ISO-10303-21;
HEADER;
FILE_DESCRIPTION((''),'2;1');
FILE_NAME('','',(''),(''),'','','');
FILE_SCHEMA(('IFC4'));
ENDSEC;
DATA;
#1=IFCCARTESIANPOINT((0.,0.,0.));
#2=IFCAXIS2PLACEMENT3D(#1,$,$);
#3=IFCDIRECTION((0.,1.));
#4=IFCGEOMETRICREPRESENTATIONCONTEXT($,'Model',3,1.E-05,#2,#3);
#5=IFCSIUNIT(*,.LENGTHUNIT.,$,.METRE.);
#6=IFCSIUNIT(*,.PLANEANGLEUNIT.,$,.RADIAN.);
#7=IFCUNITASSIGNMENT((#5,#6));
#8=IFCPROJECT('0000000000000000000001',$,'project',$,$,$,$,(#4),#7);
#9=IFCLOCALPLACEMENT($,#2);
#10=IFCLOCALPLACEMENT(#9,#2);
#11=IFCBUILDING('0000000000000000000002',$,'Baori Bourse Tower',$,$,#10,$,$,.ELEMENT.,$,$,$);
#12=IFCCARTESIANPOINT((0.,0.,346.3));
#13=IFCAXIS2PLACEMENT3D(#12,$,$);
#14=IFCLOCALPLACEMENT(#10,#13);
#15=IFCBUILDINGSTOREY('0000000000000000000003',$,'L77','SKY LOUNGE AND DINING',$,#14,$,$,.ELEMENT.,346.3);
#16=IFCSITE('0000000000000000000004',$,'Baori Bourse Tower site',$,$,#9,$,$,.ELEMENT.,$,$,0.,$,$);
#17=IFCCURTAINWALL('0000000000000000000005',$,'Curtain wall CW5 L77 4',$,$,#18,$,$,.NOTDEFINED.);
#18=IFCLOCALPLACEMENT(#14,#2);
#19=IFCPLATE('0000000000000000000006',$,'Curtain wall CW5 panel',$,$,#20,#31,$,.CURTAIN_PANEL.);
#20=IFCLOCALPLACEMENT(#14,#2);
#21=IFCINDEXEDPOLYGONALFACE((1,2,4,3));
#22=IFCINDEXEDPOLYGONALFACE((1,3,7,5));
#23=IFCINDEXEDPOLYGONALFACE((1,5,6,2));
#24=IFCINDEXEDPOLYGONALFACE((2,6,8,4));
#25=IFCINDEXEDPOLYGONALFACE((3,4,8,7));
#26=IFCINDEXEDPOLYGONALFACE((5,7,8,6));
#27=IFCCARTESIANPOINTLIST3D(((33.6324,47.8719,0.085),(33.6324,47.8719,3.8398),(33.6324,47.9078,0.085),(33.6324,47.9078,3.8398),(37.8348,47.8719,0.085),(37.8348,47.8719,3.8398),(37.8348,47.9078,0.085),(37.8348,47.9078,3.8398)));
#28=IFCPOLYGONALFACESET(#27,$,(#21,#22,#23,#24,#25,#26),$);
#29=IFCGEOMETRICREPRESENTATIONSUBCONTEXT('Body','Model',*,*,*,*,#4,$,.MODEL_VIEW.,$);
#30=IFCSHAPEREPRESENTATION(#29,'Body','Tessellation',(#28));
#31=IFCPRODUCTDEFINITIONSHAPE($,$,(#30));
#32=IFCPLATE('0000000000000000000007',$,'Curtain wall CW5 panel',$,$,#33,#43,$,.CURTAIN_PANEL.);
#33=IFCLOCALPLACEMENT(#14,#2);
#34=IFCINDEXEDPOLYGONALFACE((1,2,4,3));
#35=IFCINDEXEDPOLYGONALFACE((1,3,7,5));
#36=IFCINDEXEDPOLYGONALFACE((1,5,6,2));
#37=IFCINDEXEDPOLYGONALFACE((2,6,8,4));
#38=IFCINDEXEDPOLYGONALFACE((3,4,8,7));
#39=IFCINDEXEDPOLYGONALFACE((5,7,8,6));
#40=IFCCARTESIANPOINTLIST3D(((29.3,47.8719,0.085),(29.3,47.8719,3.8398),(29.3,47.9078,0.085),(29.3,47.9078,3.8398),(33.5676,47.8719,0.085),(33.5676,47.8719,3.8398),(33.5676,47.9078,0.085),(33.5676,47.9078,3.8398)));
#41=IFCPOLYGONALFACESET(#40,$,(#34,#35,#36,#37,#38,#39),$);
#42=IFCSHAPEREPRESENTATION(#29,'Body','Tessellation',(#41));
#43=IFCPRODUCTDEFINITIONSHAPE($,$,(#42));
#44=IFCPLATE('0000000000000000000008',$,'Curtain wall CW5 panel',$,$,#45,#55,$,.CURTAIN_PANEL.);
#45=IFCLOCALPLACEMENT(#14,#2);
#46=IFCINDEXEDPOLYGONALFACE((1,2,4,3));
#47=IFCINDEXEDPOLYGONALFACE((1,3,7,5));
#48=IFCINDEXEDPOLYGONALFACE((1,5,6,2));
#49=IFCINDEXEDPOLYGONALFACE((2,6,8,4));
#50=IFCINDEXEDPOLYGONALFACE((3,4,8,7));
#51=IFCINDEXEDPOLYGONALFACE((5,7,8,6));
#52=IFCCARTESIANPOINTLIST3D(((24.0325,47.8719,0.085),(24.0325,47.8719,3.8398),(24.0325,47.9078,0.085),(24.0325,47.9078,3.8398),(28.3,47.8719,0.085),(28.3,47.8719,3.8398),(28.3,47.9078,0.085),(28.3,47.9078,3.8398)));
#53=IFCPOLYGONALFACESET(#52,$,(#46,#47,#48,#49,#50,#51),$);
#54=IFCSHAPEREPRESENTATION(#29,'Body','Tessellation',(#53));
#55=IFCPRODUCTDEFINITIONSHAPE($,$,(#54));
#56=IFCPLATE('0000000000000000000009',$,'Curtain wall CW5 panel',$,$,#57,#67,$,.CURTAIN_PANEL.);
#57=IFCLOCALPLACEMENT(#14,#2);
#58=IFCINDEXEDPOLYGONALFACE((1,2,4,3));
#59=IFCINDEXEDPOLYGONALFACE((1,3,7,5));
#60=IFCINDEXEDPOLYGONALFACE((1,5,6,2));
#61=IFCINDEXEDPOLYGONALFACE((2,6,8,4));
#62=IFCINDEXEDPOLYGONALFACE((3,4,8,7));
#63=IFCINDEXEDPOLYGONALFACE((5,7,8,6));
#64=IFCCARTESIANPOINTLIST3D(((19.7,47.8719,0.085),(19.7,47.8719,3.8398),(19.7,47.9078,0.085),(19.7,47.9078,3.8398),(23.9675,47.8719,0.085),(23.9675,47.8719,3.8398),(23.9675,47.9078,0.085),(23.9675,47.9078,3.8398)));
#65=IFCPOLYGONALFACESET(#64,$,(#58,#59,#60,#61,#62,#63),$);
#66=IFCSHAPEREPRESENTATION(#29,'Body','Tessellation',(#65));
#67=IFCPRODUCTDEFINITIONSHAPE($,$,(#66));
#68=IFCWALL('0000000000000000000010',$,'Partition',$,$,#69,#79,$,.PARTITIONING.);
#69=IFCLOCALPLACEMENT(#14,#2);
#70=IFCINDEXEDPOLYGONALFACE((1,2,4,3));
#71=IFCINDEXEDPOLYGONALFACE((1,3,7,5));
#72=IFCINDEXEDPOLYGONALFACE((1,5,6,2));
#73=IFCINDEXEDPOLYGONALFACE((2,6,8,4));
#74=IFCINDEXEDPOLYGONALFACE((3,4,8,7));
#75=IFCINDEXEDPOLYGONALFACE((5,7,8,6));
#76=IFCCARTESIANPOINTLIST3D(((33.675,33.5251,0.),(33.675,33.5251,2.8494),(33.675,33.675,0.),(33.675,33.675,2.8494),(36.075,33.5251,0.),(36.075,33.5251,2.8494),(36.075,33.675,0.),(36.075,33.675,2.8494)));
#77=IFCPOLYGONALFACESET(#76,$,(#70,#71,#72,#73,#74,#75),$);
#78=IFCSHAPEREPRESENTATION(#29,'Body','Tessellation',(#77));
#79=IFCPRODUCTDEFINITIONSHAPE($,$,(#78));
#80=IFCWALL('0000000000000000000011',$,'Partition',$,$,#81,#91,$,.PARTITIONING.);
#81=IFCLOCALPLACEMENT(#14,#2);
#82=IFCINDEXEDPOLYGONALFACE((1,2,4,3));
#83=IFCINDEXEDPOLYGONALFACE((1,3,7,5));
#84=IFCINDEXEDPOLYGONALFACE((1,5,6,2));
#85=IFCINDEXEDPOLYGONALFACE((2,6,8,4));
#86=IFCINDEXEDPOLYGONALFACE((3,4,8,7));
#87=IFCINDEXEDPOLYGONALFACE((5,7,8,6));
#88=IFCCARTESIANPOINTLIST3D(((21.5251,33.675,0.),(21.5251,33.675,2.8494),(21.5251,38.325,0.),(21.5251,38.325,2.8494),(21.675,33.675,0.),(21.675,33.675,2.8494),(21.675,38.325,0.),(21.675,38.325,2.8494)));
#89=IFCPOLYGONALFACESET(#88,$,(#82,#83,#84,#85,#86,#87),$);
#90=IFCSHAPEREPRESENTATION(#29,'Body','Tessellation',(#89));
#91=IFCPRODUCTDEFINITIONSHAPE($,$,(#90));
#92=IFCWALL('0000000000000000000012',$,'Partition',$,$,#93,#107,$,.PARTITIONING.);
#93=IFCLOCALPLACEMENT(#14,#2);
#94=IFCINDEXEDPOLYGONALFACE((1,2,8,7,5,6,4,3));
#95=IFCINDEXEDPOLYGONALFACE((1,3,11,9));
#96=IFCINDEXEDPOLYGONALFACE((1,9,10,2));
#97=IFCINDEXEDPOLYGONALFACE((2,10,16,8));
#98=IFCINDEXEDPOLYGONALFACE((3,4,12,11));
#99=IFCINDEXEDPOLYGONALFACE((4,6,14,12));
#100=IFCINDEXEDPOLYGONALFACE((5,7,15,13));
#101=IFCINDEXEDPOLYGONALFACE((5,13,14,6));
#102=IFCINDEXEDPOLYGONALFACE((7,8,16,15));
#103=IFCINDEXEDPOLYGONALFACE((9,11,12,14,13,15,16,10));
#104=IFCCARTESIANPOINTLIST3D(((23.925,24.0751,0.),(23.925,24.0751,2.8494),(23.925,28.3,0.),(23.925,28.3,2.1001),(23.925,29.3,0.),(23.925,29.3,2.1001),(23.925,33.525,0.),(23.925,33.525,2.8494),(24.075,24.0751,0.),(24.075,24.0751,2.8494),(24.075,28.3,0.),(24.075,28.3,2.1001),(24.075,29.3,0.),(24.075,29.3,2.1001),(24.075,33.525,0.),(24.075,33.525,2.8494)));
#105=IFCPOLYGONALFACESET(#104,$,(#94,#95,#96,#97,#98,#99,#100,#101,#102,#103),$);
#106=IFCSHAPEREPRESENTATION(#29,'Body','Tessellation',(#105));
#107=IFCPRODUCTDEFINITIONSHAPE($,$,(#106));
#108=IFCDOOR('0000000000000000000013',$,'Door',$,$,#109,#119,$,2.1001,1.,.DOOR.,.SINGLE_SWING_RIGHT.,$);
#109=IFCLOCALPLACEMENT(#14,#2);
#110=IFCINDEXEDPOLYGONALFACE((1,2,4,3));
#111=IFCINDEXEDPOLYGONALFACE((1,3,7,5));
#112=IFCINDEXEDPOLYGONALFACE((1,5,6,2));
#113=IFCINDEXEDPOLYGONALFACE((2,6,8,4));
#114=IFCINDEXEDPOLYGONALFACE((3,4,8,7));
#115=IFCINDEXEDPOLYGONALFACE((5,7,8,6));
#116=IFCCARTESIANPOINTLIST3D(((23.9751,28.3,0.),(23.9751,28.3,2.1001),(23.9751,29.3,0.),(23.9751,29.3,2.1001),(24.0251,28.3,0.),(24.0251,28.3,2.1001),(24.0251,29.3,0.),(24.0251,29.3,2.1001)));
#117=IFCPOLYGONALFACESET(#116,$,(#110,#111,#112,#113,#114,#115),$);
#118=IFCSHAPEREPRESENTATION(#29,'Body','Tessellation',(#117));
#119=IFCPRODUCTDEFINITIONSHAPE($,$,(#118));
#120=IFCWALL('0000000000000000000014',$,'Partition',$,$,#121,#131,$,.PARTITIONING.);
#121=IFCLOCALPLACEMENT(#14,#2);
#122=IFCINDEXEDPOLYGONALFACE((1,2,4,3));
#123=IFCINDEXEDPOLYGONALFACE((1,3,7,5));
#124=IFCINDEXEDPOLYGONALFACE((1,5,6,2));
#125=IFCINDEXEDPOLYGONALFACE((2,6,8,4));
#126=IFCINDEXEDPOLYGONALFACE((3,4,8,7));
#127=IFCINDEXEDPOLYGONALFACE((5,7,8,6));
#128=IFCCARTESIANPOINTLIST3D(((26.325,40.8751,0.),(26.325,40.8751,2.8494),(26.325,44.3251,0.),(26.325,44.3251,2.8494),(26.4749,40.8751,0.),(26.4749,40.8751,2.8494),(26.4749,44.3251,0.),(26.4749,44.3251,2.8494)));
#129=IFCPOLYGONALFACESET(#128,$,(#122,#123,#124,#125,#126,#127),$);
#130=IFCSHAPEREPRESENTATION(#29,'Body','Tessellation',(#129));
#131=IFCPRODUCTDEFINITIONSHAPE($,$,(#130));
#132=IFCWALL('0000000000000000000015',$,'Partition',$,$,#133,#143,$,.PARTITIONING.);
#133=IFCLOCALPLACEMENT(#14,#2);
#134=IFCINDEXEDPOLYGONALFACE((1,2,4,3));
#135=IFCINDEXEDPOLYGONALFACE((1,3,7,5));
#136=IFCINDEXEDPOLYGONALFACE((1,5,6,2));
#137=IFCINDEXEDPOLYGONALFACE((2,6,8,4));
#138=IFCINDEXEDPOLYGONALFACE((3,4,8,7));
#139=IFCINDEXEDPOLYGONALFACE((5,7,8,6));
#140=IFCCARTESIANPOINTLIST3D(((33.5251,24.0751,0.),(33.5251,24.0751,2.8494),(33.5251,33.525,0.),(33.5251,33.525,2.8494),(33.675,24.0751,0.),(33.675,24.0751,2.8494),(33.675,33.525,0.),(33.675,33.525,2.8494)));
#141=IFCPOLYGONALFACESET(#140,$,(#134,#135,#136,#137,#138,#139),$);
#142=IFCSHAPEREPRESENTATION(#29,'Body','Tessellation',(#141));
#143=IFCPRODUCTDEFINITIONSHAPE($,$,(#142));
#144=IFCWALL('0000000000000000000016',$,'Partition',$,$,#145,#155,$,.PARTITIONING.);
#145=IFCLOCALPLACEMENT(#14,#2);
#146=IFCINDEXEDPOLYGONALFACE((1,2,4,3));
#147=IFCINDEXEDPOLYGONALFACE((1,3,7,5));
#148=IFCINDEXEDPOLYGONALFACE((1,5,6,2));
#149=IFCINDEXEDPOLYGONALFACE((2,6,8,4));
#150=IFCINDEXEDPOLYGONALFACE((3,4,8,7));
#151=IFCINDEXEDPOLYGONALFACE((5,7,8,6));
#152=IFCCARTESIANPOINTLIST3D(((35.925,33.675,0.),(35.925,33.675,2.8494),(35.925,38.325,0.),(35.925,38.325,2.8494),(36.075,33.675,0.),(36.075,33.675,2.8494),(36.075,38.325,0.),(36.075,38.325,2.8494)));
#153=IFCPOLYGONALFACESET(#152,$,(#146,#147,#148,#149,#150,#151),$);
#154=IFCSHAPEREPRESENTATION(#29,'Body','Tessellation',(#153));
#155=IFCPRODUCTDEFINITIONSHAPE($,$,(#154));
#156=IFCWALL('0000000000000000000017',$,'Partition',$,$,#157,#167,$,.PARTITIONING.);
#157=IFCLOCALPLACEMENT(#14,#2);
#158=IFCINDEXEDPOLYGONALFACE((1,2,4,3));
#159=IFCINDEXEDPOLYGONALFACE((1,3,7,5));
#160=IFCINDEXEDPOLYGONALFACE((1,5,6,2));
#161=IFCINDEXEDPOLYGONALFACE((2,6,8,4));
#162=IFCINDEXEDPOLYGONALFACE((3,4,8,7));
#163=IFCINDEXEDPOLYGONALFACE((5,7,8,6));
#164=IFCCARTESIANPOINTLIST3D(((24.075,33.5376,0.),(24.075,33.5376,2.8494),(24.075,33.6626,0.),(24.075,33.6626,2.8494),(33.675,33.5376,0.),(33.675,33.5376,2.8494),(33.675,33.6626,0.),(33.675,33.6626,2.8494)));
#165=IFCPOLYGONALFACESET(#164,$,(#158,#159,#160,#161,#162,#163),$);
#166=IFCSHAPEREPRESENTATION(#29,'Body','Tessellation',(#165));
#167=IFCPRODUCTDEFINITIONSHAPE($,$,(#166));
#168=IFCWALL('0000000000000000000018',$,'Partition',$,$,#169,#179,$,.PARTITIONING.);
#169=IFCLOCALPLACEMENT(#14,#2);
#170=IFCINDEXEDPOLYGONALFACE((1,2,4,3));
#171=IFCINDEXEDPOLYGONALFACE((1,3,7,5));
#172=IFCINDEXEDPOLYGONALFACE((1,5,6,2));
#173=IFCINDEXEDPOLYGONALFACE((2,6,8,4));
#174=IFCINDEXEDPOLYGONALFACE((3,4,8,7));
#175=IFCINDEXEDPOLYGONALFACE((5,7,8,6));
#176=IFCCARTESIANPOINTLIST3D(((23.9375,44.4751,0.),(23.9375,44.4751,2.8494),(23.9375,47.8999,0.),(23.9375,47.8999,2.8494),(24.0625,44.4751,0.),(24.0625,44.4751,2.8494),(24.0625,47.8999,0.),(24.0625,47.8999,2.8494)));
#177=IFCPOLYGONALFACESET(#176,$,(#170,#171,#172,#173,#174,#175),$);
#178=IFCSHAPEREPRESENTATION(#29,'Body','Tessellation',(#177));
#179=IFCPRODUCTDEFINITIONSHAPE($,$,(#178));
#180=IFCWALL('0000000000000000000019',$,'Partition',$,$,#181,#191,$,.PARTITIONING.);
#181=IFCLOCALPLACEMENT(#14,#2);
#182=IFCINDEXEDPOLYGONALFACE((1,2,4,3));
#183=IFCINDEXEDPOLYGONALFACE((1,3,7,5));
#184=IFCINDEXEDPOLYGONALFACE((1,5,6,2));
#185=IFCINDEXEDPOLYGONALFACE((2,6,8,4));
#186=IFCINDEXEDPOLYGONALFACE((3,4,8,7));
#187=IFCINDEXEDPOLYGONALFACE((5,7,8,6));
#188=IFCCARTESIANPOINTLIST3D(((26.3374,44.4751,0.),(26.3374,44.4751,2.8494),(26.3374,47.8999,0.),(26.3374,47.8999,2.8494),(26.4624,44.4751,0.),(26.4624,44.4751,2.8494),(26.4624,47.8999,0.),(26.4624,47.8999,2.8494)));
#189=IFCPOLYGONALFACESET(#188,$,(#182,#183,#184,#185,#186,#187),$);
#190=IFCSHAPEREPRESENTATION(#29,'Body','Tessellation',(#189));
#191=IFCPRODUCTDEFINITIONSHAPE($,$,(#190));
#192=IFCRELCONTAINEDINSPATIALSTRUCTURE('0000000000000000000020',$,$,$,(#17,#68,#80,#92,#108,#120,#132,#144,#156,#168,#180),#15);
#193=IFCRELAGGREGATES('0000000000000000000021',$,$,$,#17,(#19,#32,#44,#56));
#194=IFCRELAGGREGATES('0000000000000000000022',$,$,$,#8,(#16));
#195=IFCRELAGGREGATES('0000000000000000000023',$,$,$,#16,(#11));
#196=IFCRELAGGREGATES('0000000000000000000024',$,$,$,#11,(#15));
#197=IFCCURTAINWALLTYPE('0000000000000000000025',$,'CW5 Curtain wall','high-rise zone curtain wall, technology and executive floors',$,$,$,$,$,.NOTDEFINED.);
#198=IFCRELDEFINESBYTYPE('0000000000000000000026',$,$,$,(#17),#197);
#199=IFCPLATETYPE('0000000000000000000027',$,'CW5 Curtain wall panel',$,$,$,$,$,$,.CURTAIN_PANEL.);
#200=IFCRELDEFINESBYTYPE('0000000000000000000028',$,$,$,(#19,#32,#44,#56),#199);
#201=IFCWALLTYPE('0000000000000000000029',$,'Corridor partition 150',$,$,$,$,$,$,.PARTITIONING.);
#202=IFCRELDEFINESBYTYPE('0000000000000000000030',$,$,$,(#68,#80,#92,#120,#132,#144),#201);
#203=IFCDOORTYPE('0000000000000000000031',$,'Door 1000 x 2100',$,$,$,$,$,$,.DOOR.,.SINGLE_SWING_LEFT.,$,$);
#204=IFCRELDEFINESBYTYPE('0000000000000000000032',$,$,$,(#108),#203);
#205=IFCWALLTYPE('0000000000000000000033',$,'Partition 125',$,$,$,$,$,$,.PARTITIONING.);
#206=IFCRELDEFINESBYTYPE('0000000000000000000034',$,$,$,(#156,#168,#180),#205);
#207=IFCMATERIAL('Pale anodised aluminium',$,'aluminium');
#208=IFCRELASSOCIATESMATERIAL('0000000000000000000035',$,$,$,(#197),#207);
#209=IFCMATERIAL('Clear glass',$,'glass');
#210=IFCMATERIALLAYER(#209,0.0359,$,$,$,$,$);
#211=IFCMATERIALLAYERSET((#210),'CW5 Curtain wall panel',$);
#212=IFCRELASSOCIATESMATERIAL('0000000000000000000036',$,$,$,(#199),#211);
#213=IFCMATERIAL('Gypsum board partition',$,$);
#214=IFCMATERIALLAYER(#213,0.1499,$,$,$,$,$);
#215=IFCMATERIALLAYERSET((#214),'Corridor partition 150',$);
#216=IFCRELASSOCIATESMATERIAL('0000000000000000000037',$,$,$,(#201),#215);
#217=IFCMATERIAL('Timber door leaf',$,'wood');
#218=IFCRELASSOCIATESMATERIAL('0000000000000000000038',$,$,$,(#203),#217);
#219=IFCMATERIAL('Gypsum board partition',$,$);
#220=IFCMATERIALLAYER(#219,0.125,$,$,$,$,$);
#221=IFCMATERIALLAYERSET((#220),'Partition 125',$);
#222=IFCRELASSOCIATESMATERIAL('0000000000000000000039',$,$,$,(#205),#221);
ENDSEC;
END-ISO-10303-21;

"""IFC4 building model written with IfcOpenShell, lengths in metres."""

from ifc_helpers import new_model, si_unit, direction, frame, frame_2d, origin, origin_2d, place, context, subcontext, project, spatial, rectangle, extrude, material, layer, layer_set, type_object, element, fill, aggregate, save


model = new_model("IFC4")

# Units and contexts
model_context = context("Model", 3, precision=1e-05, world=origin(), true_north=direction((0.0, 1.0)))
body_context = subcontext(model_context, "Body", "Model", "MODEL_VIEW")
ifc_project = project(units=[si_unit("LENGTHUNIT", "METRE"), si_unit("PLANEANGLEUNIT", "RADIAN")], contexts=[model_context])

# Site, building, storey
site_placement = place(None, origin())
site = spatial("IfcSite", under=ifc_project, at=site_placement, Name="Baori Bourse Tower site", CompositionType="ELEMENT", RefElevation=0.0)
building_placement = place(site_placement, origin())
building = spatial("IfcBuilding", under=site, at=building_placement, Name="Baori Bourse Tower", CompositionType="ELEMENT")
storey_placement = place(building_placement, frame((0.0, 0.0, 346.3)))
storey = spatial("IfcBuildingStorey", under=building, at=storey_placement, Name="L77", Description="SKY LOUNGE AND DINING", CompositionType="ELEMENT", Elevation=346.3)

# Curtain wall
ifc_material_1 = material(Name="Pale anodised aluminium", Category="aluminium")
curtain_wall_type_1 = type_object("IfcCurtainWallType", Name="CW5 Curtain wall", Description="high-rise zone curtain wall, technology and executive floors", PredefinedType="NOTDEFINED", material=ifc_material_1)
curtain_wall_1_placement = place(storey_placement, origin())
curtain_wall_1 = element("IfcCurtainWall", 1, at=curtain_wall_1_placement, inside=storey, type_object=curtain_wall_type_1, Name="Curtain wall CW5 L77 4", PredefinedType="NOTDEFINED")

# Plates
ifc_material_2 = material(Name="Clear glass", Category="glass")
ifc_layer_1 = layer(ifc_material_2, 0.0359)
ifc_layer_set_1 = layer_set([ifc_layer_1], Name="CW5 Curtain wall panel")
plate_type_1 = type_object("IfcPlateType", Name="CW5 Curtain wall panel", PredefinedType="CURTAIN_PANEL", material=ifc_layer_set_1)
plate_1_placement = place(storey_placement, frame((35.7336, 47.8899, 0.085), z_axis=(0.0, 0.0, 1.0), x_axis=(-1.0, 0.0, 0.0)))
plate_1 = element("IfcPlate", 2, at=plate_1_placement, type_object=plate_type_1, Name="Curtain wall CW5 panel", PredefinedType="CURTAIN_PANEL", context=body_context, shape_type="SweptSolid", body=[
    extrude(rectangle(XDim=4.2024, YDim=0.0359, at=origin_2d()), origin(), (0.0, 0.0, 1.0), 3.7549),
])
plate_2_placement = place(storey_placement, frame((31.4338, 47.8899, 0.085), z_axis=(0.0, 0.0, 1.0), x_axis=(-1.0, 0.0, 0.0)))
plate_2 = element("IfcPlate", 3, at=plate_2_placement, type_object=plate_type_1, Name="Curtain wall CW5 panel", PredefinedType="CURTAIN_PANEL", context=body_context, shape_type="SweptSolid", body=[
    extrude(rectangle(XDim=4.2676, YDim=0.0359, at=origin_2d()), origin(), (0.0, 0.0, 1.0), 3.7549),
])
plate_3_placement = place(storey_placement, frame((26.1663, 47.8899, 0.085), z_axis=(0.0, 0.0, 1.0), x_axis=(-1.0, 0.0, 0.0)))
plate_3 = element("IfcPlate", 4, at=plate_3_placement, type_object=plate_type_1, Name="Curtain wall CW5 panel", PredefinedType="CURTAIN_PANEL", context=body_context, shape_type="SweptSolid", body=[
    extrude(rectangle(XDim=4.2676, YDim=0.0359, at=origin_2d()), origin(), (0.0, 0.0, 1.0), 3.7549),
])
plate_4_placement = place(storey_placement, frame((21.8337, 47.8899, 0.085), z_axis=(0.0, 0.0, 1.0), x_axis=(-1.0, 0.0, 0.0)))
plate_4 = element("IfcPlate", 5, at=plate_4_placement, type_object=plate_type_1, Name="Curtain wall CW5 panel", PredefinedType="CURTAIN_PANEL", context=body_context, shape_type="SweptSolid", body=[
    extrude(rectangle(XDim=4.2676, YDim=0.0359, at=origin_2d()), origin(), (0.0, 0.0, 1.0), 3.7549),
])
aggregate(curtain_wall_1, [plate_1, plate_2, plate_3, plate_4])

# Walls
ifc_material_3 = material(Name="Gypsum board partition")
ifc_layer_2 = layer(ifc_material_3, 0.1499)
ifc_layer_set_2 = layer_set([ifc_layer_2], Name="Corridor partition 150")
wall_type_1 = type_object("IfcWallType", Name="Corridor partition 150", PredefinedType="PARTITIONING", material=ifc_layer_set_2)
wall_1_placement = place(storey_placement, frame((33.675, 33.6001, 0.0), z_axis=(0.0, 0.0, 1.0), x_axis=(1.0, 0.0, 0.0)))
element("IfcWall", 6, at=wall_1_placement, inside=storey, type_object=wall_type_1, Name="Partition", PredefinedType="PARTITIONING", context=body_context, shape_type="SweptSolid", body=[
    extrude(rectangle(XDim=2.3999, YDim=0.1499, at=frame_2d((1.2, 0.0))), origin(), (0.0, 0.0, 1.0), 2.8494),
])
wall_2_placement = place(storey_placement, frame((21.6001, 33.675, 0.0), z_axis=(0.0, 0.0, 1.0), x_axis=(0.0, 1.0, 0.0)))
element("IfcWall", 7, at=wall_2_placement, inside=storey, type_object=wall_type_1, Name="Partition", PredefinedType="PARTITIONING", context=body_context, shape_type="SweptSolid", body=[
    extrude(rectangle(XDim=4.6499, YDim=0.1499, at=frame_2d((2.325, 0.0))), origin(), (0.0, 0.0, 1.0), 2.8494),
])

# Wall, opening, door
wall_3_placement = place(storey_placement, frame((24.0, 24.075, 0.0), z_axis=(0.0, 0.0, 1.0), x_axis=(0.0, 1.0, 0.0)))
wall_3 = element("IfcWall", 8, at=wall_3_placement, inside=storey, type_object=wall_type_1, Name="Partition", PredefinedType="PARTITIONING", context=body_context, shape_type="SweptSolid", body=[
    extrude(rectangle(XDim=9.45, YDim=0.1499, at=frame_2d((4.7251, 0.0))), origin(), (0.0, 0.0, 1.0), 2.8494),
])
opening_placement = place(wall_3_placement, frame((4.2251, 0.0, 0.0)))
opening = element("IfcOpeningElement", 9, at=opening_placement, cuts=wall_3, PredefinedType="OPENING", context=body_context, shape_type="SweptSolid", body=[
    extrude(rectangle(XDim=1.0, YDim=2.1001, at=frame_2d((0.5, 1.05))), frame((0.0, 0.085, 0.0), z_axis=(0.0, -1.0, 0.0), x_axis=(1.0, 0.0, 0.0)), (0.0, 0.0, 1.0), 0.1699),
])
ifc_material_4 = material(Name="Timber door leaf", Category="wood")
door_type = type_object("IfcDoorType", Name="Door 1000 x 2100", OperationType="SINGLE_SWING_LEFT", PredefinedType="DOOR", material=ifc_material_4)
door_placement = place(opening_placement, origin())
door = element("IfcDoor", 10, at=door_placement, inside=storey, type_object=door_type, Name="Door", OperationType="SINGLE_SWING_RIGHT", OverallHeight=2.1001, OverallWidth=1.0, PredefinedType="DOOR", context=body_context, shape_type="SweptSolid", body=[
    extrude(rectangle(XDim=1.0, YDim=2.1001, at=frame_2d((0.5, 1.05))), frame((0.0, 0.0249, 0.0), z_axis=(0.0, -1.0, 0.0), x_axis=(1.0, 0.0, 0.0)), (0.0, 0.0, 1.0), 0.05),
])
fill(opening, door)

# Walls
wall_4_placement = place(storey_placement, frame((26.3999, 40.875, 0.0), z_axis=(0.0, 0.0, 1.0), x_axis=(0.0, 1.0, 0.0)))
element("IfcWall", 11, at=wall_4_placement, inside=storey, type_object=wall_type_1, Name="Partition", PredefinedType="PARTITIONING", context=body_context, shape_type="SweptSolid", body=[
    extrude(rectangle(XDim=3.45, YDim=0.1499, at=frame_2d((1.7251, 0.0))), origin(), (0.0, 0.0, 1.0), 2.8494),
])
wall_5_placement = place(storey_placement, frame((33.6001, 24.075, 0.0), z_axis=(0.0, 0.0, 1.0), x_axis=(0.0, 1.0, 0.0)))
element("IfcWall", 12, at=wall_5_placement, inside=storey, type_object=wall_type_1, Name="Partition", PredefinedType="PARTITIONING", context=body_context, shape_type="SweptSolid", body=[
    extrude(rectangle(XDim=9.45, YDim=0.1499, at=frame_2d((4.7251, 0.0))), origin(), (0.0, 0.0, 1.0), 2.8494),
])
wall_6_placement = place(storey_placement, frame((36.0, 33.675, 0.0), z_axis=(0.0, 0.0, 1.0), x_axis=(0.0, 1.0, 0.0)))
element("IfcWall", 13, at=wall_6_placement, inside=storey, type_object=wall_type_1, Name="Partition", PredefinedType="PARTITIONING", context=body_context, shape_type="SweptSolid", body=[
    extrude(rectangle(XDim=4.6499, YDim=0.1499, at=frame_2d((2.325, 0.0))), origin(), (0.0, 0.0, 1.0), 2.8494),
])
ifc_material_5 = material(Name="Gypsum board partition")
ifc_layer_3 = layer(ifc_material_5, 0.125)
ifc_layer_set_3 = layer_set([ifc_layer_3], Name="Partition 125")
wall_type_2 = type_object("IfcWallType", Name="Partition 125", PredefinedType="PARTITIONING", material=ifc_layer_set_3)
wall_7_placement = place(storey_placement, frame((24.075, 33.6001, 0.0), z_axis=(0.0, 0.0, 1.0), x_axis=(1.0, 0.0, 0.0)))
element("IfcWall", 14, at=wall_7_placement, inside=storey, type_object=wall_type_2, Name="Partition", PredefinedType="PARTITIONING", context=body_context, shape_type="SweptSolid", body=[
    extrude(rectangle(XDim=9.6001, YDim=0.125, at=frame_2d((4.8, 0.0))), origin(), (0.0, 0.0, 1.0), 2.8494),
])
for number, where, z_axis, x_axis, name in (
    (15, (24.0, 44.4751, 0.0), (0.0, 0.0, 1.0), (0.0, 1.0, 0.0), "Partition"),
    (16, (26.3999, 44.4751, 0.0), (0.0, 0.0, 1.0), (0.0, 1.0, 0.0), "Partition"),
):
    element("IfcWall", number, at=place(storey_placement, frame(where, z_axis=z_axis, x_axis=x_axis)), inside=storey, type_object=wall_type_2, Name=name, PredefinedType="PARTITIONING", context=body_context, shape_type="SweptSolid", body=[
        extrude(rectangle(XDim=3.4248, YDim=0.125, at=frame_2d((1.7124, 0.0))), origin(), (0.0, 0.0, 1.0), 2.8494),
    ])

save(model, "model.ifc")
